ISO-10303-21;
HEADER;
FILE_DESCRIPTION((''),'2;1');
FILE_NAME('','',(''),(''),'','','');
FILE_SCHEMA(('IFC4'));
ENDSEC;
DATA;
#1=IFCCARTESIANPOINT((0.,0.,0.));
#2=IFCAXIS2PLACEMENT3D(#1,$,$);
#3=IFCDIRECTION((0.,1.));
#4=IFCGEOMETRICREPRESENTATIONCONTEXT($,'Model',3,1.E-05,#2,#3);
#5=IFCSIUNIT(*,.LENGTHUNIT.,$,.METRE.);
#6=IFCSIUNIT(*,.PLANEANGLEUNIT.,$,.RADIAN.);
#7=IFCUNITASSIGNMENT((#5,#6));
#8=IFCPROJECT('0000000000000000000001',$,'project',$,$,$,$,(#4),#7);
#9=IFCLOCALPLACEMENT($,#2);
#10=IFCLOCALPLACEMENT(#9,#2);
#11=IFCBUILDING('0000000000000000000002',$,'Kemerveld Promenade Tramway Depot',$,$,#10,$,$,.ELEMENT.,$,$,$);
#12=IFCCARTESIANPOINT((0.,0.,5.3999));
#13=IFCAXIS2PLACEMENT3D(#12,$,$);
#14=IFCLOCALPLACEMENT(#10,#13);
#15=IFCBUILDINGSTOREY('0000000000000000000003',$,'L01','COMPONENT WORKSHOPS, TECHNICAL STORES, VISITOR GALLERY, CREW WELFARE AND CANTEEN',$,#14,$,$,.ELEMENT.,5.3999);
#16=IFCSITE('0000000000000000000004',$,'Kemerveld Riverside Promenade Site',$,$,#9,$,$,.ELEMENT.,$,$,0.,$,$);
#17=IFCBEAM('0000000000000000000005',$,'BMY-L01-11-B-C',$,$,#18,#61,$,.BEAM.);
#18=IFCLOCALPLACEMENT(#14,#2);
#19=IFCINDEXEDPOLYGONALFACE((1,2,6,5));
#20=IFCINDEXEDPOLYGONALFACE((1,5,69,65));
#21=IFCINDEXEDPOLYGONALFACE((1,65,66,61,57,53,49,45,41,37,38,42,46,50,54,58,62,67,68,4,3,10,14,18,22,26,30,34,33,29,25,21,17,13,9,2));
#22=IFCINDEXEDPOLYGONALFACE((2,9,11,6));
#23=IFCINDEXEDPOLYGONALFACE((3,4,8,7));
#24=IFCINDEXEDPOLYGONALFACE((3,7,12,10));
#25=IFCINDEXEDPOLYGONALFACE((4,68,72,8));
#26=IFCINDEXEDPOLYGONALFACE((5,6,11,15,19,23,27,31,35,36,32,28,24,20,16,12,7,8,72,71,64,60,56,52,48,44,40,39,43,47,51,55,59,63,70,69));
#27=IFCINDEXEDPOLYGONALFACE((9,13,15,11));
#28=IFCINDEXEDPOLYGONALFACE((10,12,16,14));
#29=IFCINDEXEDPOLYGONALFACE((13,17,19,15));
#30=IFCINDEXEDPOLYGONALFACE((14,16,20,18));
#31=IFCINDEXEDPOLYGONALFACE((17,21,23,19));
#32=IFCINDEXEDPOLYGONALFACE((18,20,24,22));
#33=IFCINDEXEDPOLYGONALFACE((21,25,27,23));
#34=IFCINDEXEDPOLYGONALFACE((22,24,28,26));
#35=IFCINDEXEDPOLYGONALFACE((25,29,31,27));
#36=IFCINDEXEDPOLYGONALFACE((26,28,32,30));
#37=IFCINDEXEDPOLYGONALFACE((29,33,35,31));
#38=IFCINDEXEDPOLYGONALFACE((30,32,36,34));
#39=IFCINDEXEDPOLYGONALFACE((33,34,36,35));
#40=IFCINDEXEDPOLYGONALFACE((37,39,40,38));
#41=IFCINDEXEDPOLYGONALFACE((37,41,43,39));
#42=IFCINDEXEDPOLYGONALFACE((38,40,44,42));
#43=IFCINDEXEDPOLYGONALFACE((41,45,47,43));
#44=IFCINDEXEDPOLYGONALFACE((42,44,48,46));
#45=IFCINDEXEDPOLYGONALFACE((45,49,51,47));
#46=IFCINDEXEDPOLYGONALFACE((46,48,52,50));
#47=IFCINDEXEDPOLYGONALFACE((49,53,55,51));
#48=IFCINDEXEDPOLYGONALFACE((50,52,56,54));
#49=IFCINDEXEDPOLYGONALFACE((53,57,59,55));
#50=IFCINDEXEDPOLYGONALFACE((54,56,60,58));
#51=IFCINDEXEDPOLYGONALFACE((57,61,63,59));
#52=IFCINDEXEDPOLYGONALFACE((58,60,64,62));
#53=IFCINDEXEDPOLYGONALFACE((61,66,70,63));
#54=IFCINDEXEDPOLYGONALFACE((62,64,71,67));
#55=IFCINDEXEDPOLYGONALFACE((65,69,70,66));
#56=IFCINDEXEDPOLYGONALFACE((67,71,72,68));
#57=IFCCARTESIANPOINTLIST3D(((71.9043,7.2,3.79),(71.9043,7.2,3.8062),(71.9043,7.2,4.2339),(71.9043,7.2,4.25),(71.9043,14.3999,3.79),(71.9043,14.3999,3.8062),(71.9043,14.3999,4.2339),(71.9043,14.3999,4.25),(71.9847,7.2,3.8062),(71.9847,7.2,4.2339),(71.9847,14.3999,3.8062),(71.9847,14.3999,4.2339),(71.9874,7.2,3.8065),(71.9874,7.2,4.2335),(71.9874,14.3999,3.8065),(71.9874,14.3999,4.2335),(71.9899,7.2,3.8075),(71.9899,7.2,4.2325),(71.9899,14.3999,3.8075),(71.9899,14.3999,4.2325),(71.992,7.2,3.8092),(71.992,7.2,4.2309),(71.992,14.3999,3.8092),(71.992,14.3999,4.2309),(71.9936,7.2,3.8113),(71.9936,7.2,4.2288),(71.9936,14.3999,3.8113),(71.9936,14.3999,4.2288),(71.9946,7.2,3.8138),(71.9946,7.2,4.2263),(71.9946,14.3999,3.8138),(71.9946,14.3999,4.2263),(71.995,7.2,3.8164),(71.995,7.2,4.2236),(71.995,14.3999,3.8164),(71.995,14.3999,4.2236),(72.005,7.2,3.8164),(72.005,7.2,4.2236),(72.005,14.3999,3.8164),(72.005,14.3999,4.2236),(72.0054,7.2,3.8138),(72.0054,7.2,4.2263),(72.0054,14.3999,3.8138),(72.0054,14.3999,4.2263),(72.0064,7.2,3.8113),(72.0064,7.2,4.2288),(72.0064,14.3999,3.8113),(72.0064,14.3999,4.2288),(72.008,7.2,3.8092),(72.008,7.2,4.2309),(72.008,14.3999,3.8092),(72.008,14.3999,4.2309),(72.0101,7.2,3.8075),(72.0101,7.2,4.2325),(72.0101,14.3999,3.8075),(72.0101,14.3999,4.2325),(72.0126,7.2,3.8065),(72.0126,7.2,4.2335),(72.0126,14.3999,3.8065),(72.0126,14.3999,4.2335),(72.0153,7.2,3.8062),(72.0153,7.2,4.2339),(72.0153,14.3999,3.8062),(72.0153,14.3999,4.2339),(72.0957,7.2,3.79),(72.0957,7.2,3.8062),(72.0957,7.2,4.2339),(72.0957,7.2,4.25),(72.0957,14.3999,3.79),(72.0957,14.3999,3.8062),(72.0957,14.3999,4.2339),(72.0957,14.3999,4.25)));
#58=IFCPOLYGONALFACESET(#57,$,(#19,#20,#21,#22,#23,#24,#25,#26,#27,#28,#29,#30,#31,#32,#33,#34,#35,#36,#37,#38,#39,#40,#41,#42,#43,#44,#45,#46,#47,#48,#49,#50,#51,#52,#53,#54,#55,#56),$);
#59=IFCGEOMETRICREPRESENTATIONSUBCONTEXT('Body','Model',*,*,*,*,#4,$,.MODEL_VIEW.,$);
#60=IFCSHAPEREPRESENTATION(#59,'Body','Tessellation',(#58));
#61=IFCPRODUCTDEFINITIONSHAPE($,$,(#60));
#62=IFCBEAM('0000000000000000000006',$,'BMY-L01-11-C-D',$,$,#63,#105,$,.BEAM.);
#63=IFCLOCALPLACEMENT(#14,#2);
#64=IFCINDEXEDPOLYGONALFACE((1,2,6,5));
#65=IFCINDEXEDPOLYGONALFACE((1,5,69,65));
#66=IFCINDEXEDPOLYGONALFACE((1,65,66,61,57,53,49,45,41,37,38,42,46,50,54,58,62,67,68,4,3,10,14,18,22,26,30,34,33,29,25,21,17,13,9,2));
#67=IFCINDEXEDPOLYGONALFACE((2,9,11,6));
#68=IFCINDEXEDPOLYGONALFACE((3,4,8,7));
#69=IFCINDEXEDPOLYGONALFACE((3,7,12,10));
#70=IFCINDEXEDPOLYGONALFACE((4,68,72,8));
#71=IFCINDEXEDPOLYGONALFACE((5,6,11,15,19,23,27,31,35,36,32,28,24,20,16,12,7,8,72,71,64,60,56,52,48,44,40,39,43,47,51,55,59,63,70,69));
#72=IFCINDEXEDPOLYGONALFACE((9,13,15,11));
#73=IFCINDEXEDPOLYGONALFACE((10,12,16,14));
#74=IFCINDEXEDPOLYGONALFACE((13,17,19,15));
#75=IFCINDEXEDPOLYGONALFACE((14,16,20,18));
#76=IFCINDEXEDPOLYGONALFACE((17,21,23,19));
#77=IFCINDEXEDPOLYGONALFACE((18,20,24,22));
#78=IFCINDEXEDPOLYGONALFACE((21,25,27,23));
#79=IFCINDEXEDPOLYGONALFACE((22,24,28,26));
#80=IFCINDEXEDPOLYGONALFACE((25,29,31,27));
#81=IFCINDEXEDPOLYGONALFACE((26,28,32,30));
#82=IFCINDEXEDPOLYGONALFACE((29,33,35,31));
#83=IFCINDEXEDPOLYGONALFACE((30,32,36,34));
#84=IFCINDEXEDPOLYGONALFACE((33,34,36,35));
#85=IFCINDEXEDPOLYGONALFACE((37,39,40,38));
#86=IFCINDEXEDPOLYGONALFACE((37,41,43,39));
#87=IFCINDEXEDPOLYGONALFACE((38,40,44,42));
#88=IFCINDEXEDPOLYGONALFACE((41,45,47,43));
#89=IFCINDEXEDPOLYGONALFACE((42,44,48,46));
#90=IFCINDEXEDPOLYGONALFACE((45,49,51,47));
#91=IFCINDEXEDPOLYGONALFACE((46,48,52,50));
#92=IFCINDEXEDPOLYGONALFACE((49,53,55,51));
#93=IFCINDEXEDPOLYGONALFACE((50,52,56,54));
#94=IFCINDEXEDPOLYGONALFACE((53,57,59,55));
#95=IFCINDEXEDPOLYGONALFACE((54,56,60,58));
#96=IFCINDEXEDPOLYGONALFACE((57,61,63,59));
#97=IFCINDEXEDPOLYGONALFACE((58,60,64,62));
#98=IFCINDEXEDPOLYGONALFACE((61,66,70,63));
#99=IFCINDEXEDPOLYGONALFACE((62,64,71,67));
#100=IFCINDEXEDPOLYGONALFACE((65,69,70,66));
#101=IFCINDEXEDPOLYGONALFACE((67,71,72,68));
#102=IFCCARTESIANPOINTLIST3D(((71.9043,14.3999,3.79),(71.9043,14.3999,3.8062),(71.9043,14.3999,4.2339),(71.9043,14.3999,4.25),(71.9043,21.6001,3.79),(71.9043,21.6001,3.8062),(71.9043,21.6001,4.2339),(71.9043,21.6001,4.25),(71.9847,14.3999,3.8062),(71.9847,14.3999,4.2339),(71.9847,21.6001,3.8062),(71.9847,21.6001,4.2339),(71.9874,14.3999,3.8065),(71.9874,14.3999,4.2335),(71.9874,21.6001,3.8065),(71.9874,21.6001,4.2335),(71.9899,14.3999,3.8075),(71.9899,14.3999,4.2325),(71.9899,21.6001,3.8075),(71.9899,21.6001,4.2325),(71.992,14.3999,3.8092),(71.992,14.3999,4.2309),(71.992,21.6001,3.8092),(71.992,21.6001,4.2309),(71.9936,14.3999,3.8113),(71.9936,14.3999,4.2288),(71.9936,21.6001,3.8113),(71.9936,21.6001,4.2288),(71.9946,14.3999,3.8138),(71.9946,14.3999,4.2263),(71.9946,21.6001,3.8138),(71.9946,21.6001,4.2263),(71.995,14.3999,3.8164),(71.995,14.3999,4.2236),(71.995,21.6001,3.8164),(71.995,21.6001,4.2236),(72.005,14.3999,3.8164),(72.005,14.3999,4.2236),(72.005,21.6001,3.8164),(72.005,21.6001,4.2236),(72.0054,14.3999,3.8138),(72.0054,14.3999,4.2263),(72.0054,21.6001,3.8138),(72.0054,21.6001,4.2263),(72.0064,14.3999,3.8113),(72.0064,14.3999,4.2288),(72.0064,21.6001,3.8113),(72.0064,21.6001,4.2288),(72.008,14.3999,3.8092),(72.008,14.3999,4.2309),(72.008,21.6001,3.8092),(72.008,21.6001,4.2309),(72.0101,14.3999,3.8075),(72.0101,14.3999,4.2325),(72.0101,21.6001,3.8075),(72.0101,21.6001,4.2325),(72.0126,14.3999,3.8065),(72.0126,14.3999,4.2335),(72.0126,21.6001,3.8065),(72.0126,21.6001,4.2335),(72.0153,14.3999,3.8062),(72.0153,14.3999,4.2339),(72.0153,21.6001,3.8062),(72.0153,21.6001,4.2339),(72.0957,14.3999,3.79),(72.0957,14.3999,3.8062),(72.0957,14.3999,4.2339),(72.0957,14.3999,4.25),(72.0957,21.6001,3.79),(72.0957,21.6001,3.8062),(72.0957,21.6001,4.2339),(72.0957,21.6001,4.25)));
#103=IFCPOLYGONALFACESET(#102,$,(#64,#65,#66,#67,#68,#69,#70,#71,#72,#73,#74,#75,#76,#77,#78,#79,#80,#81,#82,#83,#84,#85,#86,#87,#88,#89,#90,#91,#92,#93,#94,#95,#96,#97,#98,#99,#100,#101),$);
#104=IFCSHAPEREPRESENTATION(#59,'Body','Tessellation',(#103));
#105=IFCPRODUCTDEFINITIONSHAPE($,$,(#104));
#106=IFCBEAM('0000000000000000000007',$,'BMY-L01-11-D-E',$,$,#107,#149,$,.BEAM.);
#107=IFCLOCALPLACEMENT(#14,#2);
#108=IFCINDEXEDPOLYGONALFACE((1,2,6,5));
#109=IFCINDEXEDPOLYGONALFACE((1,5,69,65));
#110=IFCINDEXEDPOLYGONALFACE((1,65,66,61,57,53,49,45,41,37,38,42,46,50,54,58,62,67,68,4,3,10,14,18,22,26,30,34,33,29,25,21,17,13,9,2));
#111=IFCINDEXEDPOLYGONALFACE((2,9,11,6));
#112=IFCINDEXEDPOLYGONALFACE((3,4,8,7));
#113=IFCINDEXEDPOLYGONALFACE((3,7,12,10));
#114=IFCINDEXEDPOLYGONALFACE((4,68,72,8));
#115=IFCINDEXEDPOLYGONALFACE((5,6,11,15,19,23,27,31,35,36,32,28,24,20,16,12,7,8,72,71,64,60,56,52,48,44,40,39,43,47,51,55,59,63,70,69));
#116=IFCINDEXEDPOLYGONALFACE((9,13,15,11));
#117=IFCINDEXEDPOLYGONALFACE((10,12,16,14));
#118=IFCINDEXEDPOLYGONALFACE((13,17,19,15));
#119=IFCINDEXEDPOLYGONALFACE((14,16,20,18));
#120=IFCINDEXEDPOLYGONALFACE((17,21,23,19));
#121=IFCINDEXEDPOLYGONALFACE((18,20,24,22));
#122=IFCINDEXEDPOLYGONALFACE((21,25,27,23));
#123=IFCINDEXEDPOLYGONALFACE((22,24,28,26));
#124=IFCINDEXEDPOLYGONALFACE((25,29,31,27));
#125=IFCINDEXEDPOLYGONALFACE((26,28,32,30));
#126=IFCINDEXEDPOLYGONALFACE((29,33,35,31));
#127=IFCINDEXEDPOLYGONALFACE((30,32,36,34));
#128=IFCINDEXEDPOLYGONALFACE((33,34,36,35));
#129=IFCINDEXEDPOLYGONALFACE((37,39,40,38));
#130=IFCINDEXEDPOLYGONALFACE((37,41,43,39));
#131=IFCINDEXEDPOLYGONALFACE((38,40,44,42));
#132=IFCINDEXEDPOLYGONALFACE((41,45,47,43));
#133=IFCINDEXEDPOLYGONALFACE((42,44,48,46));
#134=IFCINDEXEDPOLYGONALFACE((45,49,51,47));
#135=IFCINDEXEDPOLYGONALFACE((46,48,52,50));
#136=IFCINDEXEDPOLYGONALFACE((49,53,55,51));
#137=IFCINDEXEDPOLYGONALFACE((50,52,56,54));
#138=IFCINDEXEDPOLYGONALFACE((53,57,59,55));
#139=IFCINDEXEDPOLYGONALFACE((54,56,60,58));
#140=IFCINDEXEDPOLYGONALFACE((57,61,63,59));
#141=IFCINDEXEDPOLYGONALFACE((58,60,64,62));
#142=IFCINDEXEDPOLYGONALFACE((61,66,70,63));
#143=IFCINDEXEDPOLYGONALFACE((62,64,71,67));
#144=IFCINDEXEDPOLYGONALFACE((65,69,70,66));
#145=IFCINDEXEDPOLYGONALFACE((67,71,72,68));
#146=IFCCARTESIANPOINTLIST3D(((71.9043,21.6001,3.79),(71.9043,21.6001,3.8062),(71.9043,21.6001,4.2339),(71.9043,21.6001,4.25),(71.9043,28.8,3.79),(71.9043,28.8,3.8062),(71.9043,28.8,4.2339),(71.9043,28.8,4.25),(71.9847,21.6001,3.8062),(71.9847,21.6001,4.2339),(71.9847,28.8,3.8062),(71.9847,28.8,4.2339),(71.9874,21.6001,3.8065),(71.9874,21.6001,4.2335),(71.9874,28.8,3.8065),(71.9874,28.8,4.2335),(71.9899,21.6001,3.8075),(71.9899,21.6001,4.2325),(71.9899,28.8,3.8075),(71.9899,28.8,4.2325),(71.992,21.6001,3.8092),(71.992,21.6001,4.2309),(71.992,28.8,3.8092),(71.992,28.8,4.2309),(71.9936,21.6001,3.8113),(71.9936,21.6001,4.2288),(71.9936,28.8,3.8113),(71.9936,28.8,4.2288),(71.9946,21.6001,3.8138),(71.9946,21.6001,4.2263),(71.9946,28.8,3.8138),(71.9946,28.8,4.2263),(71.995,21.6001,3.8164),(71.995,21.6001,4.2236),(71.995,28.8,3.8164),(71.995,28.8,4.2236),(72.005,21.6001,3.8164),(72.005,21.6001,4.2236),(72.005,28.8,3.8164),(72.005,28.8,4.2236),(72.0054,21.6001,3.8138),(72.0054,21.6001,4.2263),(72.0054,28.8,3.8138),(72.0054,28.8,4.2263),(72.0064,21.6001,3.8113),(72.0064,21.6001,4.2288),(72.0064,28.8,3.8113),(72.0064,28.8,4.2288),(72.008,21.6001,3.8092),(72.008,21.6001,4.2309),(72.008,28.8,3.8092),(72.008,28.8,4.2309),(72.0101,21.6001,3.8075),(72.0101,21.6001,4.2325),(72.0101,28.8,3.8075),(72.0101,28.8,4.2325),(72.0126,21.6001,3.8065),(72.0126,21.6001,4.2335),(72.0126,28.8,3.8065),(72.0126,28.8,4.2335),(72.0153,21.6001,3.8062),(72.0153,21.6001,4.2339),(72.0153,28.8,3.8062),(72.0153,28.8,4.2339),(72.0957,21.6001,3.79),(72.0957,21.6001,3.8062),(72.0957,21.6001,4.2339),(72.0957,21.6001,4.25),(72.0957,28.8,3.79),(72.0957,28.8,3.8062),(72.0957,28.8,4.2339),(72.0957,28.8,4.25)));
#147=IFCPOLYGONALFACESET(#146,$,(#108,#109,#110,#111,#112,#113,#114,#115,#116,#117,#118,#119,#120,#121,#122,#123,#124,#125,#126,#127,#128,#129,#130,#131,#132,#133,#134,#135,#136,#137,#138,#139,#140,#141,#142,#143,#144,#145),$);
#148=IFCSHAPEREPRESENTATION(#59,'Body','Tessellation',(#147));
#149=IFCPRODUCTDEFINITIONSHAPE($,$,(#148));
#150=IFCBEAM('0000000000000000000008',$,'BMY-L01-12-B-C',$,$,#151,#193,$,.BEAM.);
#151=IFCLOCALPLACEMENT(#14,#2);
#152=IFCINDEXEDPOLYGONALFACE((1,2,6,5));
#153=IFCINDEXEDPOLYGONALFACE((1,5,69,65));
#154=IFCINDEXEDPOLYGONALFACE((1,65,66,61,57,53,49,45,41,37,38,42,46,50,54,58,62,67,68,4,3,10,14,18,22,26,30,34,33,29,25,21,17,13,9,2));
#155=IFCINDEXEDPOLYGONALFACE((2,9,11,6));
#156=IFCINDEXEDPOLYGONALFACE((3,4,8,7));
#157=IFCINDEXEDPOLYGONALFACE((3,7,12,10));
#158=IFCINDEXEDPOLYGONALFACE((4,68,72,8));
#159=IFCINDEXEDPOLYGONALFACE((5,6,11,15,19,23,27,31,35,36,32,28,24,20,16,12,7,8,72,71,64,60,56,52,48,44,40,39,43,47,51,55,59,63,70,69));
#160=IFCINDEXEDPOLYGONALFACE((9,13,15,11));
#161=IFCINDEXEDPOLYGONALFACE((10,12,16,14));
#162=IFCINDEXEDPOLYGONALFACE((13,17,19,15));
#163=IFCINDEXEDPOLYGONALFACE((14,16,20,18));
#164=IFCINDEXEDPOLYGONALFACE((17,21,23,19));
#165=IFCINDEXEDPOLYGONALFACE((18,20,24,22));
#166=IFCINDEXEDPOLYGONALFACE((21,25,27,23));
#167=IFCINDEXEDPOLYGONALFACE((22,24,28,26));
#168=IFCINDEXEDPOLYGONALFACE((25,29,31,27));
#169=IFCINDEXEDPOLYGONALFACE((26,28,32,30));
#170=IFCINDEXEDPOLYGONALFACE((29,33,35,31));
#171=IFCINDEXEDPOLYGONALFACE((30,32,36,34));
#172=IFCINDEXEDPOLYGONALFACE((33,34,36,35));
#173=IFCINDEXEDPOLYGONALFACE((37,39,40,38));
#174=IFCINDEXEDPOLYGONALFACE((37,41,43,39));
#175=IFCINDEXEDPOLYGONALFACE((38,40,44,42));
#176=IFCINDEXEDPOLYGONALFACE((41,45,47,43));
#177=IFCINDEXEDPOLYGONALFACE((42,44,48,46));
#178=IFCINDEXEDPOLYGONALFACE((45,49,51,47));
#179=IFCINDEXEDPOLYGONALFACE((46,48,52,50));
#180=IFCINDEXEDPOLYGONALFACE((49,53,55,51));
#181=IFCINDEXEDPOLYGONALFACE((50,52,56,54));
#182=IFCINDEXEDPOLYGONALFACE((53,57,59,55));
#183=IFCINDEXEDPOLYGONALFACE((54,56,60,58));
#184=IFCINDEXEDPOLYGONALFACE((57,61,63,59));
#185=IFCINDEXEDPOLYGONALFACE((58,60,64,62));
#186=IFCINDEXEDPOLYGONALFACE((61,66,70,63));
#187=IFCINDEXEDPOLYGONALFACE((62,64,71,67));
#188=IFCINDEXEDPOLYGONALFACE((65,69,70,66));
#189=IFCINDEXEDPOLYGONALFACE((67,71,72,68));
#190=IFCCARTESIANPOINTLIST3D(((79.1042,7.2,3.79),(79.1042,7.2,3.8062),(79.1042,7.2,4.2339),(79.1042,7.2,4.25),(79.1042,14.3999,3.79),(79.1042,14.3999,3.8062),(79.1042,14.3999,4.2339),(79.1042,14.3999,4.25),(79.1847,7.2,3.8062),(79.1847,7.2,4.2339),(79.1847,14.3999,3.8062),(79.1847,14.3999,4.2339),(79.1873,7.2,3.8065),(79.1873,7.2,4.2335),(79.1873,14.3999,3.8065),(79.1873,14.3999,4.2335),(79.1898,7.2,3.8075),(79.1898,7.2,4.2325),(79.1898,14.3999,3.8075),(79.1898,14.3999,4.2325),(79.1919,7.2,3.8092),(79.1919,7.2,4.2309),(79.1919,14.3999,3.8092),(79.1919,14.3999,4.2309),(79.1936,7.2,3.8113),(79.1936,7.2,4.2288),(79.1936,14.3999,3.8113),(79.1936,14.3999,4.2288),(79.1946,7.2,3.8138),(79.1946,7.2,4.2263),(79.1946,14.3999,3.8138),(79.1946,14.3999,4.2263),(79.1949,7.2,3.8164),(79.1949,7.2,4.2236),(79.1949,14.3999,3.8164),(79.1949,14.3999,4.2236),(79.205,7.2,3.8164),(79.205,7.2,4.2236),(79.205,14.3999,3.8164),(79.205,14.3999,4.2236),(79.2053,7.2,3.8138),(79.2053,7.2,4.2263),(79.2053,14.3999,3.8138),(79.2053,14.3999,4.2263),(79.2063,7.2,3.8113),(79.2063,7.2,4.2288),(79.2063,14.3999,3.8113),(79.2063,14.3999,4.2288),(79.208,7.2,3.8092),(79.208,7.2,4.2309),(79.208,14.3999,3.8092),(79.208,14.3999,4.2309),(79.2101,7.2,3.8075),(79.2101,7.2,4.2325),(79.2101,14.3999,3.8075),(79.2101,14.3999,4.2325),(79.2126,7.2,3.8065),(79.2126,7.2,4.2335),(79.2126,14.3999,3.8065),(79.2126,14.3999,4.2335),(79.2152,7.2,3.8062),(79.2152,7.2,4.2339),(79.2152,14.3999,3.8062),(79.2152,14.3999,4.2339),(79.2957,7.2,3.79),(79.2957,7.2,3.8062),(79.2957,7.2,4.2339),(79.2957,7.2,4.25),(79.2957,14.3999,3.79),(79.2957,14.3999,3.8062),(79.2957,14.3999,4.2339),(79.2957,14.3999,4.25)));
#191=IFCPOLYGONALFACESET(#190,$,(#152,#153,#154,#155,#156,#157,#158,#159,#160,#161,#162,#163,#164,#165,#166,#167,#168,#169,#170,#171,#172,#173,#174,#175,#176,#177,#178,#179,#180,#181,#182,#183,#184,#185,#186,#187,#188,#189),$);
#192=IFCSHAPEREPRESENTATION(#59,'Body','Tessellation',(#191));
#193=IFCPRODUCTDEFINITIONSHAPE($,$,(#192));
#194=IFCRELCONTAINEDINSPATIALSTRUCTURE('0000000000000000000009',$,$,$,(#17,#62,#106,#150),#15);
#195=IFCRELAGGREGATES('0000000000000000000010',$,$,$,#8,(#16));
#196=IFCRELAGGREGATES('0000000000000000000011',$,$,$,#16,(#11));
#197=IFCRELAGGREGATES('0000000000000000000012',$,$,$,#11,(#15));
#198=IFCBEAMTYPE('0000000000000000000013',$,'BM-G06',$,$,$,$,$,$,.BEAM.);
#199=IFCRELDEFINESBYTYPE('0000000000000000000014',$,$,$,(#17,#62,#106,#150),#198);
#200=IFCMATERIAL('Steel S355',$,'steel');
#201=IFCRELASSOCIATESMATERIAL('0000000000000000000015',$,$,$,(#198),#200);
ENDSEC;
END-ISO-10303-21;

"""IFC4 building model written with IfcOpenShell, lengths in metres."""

from ifc_helpers import new_model, si_unit, direction, frame, origin, origin_2d, place, context, subcontext, project, spatial, i_section, extrude, material, material_profile, profile_set, type_object, element, save


model = new_model("IFC4")

# Units and contexts
model_context = context("Model", 3, precision=1e-05, world=origin(), true_north=direction((0.0, 1.0)))
body_context = subcontext(model_context, "Body", "Model", "MODEL_VIEW")
ifc_project = project(units=[si_unit("LENGTHUNIT", "METRE"), si_unit("PLANEANGLEUNIT", "RADIAN")], contexts=[model_context])

# Site, building, storey
site_placement = place(None, origin())
site = spatial("IfcSite", under=ifc_project, at=site_placement, Name="Kemerveld Riverside Promenade Site", CompositionType="ELEMENT", RefElevation=0.0)
building_placement = place(site_placement, origin())
building = spatial("IfcBuilding", under=site, at=building_placement, Name="Kemerveld Promenade Tramway Depot", CompositionType="ELEMENT")
storey_placement = place(building_placement, frame((0.0, 0.0, 5.3999)))
storey = spatial("IfcBuildingStorey", under=building, at=storey_placement, Name="L01", Description="COMPONENT WORKSHOPS, TECHNICAL STORES, VISITOR GALLERY, CREW WELFARE AND CANTEEN", CompositionType="ELEMENT", Elevation=5.3999)

# Shared definitions
ifc_material_1 = material(Name="Steel S355", Category="steel")

# Beams
ifc_material_profile_1 = material_profile(ifc_material_1, i_section(OverallWidth=0.1914, OverallDepth=0.46, WebThickness=0.01, FlangeThickness=0.0161, FilletRadius=0.0103, at=origin_2d()), Name="457x191x82 UB")
ifc_profile_set_1 = profile_set([ifc_material_profile_1], Name="Steel S355")
beam_type_1 = type_object("IfcBeamType", Name="BM-G06", PredefinedType="BEAM", material=ifc_profile_set_1)
beam_1_placement = place(storey_placement, frame((72.0, 7.2, 4.02), z_axis=(0.0, 1.0, 0.0), x_axis=(-1.0, 0.0, 0.0)))
element("IfcBeam", 1, at=beam_1_placement, inside=storey, type_object=beam_type_1, Name="BMY-L01-11-B-C", PredefinedType="BEAM", context=body_context, shape_type="SweptSolid", body=[
    extrude(i_section(OverallWidth=0.1914, OverallDepth=0.46, WebThickness=0.01, FlangeThickness=0.0161, FilletRadius=0.0103, at=origin_2d()), origin(), (0.0, 0.0, 1.0), 7.2),
])
beam_2_placement = place(storey_placement, frame((72.0, 14.3999, 4.02), z_axis=(0.0, 1.0, 0.0), x_axis=(-1.0, 0.0, 0.0)))
element("IfcBeam", 2, at=beam_2_placement, inside=storey, type_object=beam_type_1, Name="BMY-L01-11-C-D", PredefinedType="BEAM", context=body_context, shape_type="SweptSolid", body=[
    extrude(i_section(OverallWidth=0.1914, OverallDepth=0.46, WebThickness=0.01, FlangeThickness=0.0161, FilletRadius=0.0103, at=origin_2d()), origin(), (0.0, 0.0, 1.0), 7.2002),
])
for number, where, z_axis, x_axis, name in (
    (3, (72.0, 21.6001, 4.02), (0.0, 1.0, 0.0), (-1.0, 0.0, 0.0), "BMY-L01-11-D-E"),
    (4, (79.2, 7.2, 4.02), (0.0, 1.0, 0.0), (-1.0, 0.0, 0.0), "BMY-L01-12-B-C"),
):
    element("IfcBeam", number, at=place(storey_placement, frame(where, z_axis=z_axis, x_axis=x_axis)), inside=storey, type_object=beam_type_1, Name=name, PredefinedType="BEAM", context=body_context, shape_type="SweptSolid", body=[
        extrude(i_section(OverallWidth=0.1914, OverallDepth=0.46, WebThickness=0.01, FlangeThickness=0.0161, FilletRadius=0.0103, at=origin_2d()), origin(), (0.0, 0.0, 1.0), 7.2),
    ])

save(model, "model.ifc")
